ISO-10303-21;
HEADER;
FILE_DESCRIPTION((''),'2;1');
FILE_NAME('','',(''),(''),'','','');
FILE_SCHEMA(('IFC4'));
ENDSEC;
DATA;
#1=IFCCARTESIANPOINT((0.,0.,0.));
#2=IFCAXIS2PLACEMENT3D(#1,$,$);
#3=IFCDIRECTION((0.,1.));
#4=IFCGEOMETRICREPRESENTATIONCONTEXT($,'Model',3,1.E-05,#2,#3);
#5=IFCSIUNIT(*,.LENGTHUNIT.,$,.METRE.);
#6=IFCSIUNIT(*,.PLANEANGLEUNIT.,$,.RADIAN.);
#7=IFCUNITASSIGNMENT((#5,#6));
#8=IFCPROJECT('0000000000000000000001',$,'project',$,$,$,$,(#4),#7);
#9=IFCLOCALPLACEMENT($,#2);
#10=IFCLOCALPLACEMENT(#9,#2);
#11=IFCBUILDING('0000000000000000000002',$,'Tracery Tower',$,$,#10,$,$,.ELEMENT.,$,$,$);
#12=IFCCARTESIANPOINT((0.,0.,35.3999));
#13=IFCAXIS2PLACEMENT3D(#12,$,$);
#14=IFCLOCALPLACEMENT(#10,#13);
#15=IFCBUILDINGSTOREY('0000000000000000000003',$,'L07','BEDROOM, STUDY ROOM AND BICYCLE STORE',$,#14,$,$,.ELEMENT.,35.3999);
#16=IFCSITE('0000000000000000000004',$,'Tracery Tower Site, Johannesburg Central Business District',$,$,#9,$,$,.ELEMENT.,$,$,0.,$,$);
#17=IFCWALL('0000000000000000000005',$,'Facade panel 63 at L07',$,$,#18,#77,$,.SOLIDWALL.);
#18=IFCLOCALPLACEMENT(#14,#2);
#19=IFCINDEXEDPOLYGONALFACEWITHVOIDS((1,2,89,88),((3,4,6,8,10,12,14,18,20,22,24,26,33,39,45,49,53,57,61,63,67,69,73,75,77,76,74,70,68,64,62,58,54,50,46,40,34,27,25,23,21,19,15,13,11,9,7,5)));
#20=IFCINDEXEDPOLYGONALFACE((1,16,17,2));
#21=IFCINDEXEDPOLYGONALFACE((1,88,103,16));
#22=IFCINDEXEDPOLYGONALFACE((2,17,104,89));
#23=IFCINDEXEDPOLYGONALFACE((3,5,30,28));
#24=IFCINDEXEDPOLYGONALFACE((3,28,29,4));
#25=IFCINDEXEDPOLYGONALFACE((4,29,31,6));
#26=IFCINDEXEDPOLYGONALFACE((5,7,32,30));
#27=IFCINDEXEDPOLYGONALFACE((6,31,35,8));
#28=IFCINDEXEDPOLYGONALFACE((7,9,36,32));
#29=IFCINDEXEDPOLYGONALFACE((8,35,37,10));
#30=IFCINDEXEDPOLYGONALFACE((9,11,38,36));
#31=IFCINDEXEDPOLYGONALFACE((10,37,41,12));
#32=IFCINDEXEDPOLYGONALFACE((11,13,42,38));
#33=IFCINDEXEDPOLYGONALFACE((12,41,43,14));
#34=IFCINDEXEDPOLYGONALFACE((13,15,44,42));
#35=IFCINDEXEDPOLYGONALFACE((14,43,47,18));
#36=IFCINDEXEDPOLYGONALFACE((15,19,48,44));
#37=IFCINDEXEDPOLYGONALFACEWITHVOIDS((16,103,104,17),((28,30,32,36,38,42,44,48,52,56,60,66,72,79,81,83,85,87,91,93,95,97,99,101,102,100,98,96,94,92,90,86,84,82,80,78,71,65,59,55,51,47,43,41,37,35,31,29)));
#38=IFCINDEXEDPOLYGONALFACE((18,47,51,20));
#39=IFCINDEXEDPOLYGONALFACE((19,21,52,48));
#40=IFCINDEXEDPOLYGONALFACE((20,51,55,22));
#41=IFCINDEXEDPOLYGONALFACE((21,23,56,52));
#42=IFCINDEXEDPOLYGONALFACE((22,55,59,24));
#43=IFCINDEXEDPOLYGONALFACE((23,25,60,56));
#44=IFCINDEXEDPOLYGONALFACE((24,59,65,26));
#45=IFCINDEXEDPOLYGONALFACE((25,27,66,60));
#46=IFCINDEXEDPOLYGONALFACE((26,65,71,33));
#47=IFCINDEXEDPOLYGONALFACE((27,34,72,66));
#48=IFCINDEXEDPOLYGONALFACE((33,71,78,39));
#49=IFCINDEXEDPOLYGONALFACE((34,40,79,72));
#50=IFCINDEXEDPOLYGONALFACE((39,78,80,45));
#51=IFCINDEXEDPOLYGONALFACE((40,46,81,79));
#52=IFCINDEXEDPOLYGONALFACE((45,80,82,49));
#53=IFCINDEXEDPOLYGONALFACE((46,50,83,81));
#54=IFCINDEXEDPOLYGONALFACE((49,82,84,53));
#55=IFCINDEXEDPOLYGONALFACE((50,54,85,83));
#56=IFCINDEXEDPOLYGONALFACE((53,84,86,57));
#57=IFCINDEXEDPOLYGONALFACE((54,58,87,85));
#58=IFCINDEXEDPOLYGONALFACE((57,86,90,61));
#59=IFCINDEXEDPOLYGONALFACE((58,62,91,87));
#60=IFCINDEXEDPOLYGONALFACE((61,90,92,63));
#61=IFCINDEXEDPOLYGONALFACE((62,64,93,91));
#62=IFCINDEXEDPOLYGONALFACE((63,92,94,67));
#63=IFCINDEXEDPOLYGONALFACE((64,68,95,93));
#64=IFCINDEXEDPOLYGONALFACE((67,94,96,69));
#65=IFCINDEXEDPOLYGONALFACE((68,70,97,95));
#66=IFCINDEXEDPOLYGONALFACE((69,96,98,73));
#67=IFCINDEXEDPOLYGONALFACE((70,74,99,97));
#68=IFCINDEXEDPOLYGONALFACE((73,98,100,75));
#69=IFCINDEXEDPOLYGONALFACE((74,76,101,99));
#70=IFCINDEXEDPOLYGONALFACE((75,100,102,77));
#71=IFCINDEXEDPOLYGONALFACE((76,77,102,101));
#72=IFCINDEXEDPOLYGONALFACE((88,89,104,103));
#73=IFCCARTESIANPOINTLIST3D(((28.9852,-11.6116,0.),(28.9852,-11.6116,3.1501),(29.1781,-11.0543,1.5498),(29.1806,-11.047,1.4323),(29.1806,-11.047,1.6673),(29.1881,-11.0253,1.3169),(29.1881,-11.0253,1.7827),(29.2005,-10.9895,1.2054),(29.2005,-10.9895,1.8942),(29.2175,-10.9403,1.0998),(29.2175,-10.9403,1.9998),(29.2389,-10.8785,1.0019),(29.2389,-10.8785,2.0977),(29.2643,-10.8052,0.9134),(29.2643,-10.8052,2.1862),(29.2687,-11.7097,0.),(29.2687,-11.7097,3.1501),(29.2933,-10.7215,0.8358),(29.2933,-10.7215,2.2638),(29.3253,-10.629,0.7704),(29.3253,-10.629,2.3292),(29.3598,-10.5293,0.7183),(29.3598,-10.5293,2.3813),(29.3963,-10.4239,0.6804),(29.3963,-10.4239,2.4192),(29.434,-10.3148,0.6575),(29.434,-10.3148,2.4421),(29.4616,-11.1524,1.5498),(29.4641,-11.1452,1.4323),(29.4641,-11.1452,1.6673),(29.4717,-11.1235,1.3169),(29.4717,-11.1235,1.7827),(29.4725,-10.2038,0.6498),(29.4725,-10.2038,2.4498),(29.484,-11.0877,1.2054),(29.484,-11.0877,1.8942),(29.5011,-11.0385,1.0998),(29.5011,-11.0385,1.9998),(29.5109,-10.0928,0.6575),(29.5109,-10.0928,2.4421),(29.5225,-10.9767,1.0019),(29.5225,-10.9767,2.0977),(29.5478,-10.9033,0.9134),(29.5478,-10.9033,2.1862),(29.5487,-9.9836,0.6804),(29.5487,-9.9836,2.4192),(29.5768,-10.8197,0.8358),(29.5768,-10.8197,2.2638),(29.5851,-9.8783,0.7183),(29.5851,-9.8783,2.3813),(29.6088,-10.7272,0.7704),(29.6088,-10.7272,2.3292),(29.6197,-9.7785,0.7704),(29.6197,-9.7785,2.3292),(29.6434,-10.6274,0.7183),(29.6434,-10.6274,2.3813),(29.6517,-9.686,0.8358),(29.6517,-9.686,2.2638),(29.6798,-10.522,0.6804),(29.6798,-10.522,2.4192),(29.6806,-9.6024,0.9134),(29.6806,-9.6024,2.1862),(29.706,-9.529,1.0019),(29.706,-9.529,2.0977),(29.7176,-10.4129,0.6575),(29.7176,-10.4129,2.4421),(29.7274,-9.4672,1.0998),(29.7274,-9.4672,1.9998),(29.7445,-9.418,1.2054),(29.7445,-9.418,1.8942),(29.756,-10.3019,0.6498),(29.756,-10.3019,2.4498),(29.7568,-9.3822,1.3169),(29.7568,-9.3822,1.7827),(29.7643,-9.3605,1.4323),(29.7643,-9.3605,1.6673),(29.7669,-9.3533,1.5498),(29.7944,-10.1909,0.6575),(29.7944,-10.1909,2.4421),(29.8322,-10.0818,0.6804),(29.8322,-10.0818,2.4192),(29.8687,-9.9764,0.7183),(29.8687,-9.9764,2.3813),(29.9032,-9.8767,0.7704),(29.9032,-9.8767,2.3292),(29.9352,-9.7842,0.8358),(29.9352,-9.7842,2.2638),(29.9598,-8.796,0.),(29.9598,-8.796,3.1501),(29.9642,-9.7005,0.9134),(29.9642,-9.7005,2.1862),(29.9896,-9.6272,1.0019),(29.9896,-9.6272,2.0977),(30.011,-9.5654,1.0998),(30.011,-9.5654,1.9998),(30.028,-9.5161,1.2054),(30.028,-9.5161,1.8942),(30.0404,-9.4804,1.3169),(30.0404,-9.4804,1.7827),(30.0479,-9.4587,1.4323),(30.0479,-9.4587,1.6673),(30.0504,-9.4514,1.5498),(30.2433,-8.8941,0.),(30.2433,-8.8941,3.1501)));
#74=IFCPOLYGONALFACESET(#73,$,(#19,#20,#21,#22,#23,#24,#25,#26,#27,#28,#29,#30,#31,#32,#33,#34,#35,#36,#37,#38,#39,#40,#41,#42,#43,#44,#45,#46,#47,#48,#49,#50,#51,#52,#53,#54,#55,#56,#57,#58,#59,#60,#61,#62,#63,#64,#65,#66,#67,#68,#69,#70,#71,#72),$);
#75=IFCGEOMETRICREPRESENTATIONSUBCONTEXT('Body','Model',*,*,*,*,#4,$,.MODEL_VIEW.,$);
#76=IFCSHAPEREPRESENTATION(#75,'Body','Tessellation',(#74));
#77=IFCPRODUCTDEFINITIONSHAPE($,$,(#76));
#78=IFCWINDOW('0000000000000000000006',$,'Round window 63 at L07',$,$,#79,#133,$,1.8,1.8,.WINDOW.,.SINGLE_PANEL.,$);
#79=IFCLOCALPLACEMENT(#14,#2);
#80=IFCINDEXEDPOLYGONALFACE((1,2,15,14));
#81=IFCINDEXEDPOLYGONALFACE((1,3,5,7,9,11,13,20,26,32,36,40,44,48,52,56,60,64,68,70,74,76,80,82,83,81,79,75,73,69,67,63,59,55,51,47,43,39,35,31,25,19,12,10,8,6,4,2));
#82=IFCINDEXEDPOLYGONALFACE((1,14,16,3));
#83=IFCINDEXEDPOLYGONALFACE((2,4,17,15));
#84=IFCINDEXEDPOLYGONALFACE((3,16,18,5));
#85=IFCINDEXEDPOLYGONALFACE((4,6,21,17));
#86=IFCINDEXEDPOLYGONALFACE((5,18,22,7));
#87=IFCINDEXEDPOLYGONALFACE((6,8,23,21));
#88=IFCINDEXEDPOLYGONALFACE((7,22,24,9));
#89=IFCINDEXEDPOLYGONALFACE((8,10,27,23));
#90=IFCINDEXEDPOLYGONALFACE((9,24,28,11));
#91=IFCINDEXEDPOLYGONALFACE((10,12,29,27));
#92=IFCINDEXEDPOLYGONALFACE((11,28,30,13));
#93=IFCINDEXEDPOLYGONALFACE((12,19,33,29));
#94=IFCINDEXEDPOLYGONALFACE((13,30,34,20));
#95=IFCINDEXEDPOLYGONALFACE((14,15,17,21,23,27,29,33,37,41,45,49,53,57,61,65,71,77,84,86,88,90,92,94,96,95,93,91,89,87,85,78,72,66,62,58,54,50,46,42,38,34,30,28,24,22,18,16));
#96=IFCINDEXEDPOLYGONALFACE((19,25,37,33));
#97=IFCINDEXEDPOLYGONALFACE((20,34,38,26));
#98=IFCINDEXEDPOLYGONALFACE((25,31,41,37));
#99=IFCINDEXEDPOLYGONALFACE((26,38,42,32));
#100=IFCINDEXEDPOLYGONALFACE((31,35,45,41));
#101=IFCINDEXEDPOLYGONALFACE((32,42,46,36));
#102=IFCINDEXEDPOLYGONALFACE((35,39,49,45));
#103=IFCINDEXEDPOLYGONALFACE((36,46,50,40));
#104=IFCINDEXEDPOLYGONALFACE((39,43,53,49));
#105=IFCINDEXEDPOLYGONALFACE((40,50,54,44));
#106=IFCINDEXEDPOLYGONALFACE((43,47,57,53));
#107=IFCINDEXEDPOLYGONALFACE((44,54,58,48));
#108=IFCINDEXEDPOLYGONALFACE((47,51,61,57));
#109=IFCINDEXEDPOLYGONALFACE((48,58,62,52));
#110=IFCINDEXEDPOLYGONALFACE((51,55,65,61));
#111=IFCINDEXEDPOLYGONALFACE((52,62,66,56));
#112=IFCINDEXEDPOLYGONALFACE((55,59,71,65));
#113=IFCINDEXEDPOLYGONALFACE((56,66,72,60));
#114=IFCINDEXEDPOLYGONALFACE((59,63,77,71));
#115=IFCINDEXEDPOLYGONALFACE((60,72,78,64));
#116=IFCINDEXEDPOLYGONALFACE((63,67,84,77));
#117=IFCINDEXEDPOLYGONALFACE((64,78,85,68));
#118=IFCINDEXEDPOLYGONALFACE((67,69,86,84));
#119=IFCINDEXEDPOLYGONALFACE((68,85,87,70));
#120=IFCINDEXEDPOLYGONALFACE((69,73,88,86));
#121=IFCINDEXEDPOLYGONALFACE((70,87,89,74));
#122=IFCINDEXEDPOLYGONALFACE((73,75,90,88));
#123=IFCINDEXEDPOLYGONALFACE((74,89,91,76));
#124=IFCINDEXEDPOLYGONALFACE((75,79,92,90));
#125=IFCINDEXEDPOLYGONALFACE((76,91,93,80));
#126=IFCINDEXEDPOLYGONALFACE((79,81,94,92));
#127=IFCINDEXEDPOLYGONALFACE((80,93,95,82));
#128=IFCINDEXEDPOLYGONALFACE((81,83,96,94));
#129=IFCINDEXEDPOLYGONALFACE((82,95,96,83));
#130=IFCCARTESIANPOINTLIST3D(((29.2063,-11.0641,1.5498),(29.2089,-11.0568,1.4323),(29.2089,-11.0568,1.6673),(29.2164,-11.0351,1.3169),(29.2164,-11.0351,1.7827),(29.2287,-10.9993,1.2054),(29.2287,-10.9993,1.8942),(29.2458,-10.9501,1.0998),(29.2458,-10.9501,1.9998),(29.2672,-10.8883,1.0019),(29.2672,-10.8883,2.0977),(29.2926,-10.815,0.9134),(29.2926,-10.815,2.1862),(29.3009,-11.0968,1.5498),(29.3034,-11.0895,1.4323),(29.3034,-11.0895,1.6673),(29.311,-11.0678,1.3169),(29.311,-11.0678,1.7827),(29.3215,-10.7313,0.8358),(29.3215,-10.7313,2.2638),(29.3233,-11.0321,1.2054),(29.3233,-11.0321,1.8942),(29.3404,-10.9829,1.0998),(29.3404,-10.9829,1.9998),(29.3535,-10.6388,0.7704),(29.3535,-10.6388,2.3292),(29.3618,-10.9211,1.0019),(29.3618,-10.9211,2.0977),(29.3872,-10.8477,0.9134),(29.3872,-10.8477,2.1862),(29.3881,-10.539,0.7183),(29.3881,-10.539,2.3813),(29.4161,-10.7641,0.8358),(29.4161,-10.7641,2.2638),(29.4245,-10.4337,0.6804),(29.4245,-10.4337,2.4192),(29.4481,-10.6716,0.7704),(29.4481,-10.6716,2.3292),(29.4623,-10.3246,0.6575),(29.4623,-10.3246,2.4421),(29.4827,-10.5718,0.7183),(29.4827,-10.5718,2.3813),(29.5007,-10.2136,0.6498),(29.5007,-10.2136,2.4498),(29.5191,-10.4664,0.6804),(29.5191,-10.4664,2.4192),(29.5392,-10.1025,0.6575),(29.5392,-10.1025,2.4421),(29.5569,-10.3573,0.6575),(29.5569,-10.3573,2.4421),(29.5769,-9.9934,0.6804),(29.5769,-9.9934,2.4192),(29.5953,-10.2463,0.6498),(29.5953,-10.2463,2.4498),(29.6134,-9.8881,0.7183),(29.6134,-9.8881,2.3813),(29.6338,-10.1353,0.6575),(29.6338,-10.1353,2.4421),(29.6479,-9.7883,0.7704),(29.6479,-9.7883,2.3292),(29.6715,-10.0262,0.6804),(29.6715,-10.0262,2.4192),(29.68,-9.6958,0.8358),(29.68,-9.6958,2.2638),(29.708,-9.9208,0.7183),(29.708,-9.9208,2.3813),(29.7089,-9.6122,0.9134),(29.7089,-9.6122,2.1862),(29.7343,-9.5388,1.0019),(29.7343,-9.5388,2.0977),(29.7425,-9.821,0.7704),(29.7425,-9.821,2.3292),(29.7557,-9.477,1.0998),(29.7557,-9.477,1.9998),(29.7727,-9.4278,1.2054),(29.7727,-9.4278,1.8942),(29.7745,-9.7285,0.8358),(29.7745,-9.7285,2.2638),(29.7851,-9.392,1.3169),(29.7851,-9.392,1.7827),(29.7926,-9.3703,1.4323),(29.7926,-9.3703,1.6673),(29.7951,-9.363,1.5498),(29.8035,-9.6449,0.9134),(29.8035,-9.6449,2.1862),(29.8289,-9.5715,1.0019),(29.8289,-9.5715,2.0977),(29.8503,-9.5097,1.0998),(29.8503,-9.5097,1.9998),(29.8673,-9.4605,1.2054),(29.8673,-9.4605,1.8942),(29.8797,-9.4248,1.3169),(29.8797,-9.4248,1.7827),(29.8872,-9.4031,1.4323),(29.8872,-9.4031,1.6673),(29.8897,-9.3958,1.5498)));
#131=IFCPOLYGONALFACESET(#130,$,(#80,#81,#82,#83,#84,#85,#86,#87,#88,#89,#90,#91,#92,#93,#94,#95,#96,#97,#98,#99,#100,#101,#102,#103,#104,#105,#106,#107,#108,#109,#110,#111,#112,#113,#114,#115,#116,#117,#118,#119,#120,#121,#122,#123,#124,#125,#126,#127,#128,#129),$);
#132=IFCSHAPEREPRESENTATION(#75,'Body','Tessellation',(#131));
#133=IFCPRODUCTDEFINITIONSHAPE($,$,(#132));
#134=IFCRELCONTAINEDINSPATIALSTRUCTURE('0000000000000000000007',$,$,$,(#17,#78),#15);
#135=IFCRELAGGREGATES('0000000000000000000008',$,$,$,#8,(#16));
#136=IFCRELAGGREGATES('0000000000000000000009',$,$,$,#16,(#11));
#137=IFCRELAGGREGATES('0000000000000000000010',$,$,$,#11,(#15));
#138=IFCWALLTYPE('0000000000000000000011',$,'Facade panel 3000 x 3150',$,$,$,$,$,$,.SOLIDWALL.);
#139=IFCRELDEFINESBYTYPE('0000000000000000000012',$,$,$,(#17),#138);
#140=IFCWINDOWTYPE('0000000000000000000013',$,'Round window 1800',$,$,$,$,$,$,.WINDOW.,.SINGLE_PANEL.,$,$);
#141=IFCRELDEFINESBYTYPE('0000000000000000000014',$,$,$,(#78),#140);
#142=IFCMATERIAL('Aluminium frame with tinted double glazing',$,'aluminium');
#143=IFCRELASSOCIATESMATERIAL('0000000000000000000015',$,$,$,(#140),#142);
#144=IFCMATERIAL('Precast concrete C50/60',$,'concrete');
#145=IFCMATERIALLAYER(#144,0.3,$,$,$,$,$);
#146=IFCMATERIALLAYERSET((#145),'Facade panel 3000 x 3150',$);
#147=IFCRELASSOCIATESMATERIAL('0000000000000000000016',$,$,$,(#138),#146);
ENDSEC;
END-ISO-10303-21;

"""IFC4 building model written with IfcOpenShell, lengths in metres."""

from ifc_helpers import new_model, si_unit, direction, frame, frame_2d, origin, origin_2d, place, context, subcontext, project, spatial, rectangle, circle, extrude, material, layer, layer_set, type_object, element, fill, save


model = new_model("IFC4")

# Units and contexts
model_context = context("Model", 3, precision=1e-05, world=origin(), true_north=direction((0.0, 1.0)))
body_context = subcontext(model_context, "Body", "Model", "MODEL_VIEW")
ifc_project = project(units=[si_unit("LENGTHUNIT", "METRE"), si_unit("PLANEANGLEUNIT", "RADIAN")], contexts=[model_context])

# Site, building, storey
site_placement = place(None, origin())
site = spatial("IfcSite", under=ifc_project, at=site_placement, Name="Tracery Tower Site, Johannesburg Central Business District", CompositionType="ELEMENT", RefElevation=0.0)
building_placement = place(site_placement, origin())
building = spatial("IfcBuilding", under=site, at=building_placement, Name="Tracery Tower", CompositionType="ELEMENT")
storey_placement = place(building_placement, frame((0.0, 0.0, 35.3999)))
storey = spatial("IfcBuildingStorey", under=building, at=storey_placement, Name="L07", Description="BEDROOM, STUDY ROOM AND BICYCLE STORE", CompositionType="ELEMENT", Elevation=35.3999)

# Wall, opening, window
ifc_material_1 = material(Name="Aluminium frame with tinted double glazing", Category="aluminium")
window_type = type_object("IfcWindowType", Name="Round window 1800", PartitioningType="SINGLE_PANEL", PredefinedType="WINDOW", material=ifc_material_1)
ifc_material_2 = material(Name="Precast concrete C50/60", Category="concrete")
ifc_layer_1 = layer(ifc_material_2, 0.3)
ifc_layer_set_1 = layer_set([ifc_layer_1], Name="Facade panel 3000 x 3150")
wall_type_1 = type_object("IfcWallType", Name="Facade panel 3000 x 3150", PredefinedType="SOLIDWALL", material=ifc_layer_set_1)
wall_1_placement = place(storey_placement, frame((29.127, -11.6606, 0.0), z_axis=(0.0, 0.0, 1.0), x_axis=(0.327096, 0.944991, 0.0)))
wall_1 = element("IfcWall", 1, at=wall_1_placement, inside=storey, type_object=wall_type_1, Name="Facade panel 63 at L07", PredefinedType="SOLIDWALL", context=body_context, shape_type="SweptSolid", body=[
    extrude(rectangle(XDim=2.9795, YDim=0.3, at=frame_2d((1.4897, 0.0))), origin(), (0.0, 0.0, 1.0), 3.1501),
])
opening_1_placement = place(wall_1_placement, frame((1.4897, 0.0, 1.5498)))
opening_1 = element("IfcOpeningElement", 2, at=opening_1_placement, cuts=wall_1, PredefinedType="OPENING", context=body_context, shape_type="SweptSolid", body=[
    extrude(circle(Radius=0.9, at=origin_2d()), frame((0.0, 0.1599, 0.0), z_axis=(0.0, -1.0, 0.0), x_axis=(1.0, 0.0, 0.0)), (0.0, 0.0, 1.0), 0.3201),
])
window_1_placement = place(opening_1_placement, origin())
window_1 = element("IfcWindow", 3, at=window_1_placement, inside=storey, type_object=window_type, Name="Round window 63 at L07", OverallHeight=1.8, OverallWidth=1.8, PartitioningType="SINGLE_PANEL", PredefinedType="WINDOW", context=body_context, shape_type="SweptSolid", body=[
    extrude(circle(Radius=0.9, at=origin_2d()), frame((0.0, 0.1201, 0.0), z_axis=(0.0, -1.0, 0.0), x_axis=(1.0, 0.0, 0.0)), (0.0, 0.0, 1.0), 0.1001),
])
fill(opening_1, window_1)

save(model, "model.ifc")
